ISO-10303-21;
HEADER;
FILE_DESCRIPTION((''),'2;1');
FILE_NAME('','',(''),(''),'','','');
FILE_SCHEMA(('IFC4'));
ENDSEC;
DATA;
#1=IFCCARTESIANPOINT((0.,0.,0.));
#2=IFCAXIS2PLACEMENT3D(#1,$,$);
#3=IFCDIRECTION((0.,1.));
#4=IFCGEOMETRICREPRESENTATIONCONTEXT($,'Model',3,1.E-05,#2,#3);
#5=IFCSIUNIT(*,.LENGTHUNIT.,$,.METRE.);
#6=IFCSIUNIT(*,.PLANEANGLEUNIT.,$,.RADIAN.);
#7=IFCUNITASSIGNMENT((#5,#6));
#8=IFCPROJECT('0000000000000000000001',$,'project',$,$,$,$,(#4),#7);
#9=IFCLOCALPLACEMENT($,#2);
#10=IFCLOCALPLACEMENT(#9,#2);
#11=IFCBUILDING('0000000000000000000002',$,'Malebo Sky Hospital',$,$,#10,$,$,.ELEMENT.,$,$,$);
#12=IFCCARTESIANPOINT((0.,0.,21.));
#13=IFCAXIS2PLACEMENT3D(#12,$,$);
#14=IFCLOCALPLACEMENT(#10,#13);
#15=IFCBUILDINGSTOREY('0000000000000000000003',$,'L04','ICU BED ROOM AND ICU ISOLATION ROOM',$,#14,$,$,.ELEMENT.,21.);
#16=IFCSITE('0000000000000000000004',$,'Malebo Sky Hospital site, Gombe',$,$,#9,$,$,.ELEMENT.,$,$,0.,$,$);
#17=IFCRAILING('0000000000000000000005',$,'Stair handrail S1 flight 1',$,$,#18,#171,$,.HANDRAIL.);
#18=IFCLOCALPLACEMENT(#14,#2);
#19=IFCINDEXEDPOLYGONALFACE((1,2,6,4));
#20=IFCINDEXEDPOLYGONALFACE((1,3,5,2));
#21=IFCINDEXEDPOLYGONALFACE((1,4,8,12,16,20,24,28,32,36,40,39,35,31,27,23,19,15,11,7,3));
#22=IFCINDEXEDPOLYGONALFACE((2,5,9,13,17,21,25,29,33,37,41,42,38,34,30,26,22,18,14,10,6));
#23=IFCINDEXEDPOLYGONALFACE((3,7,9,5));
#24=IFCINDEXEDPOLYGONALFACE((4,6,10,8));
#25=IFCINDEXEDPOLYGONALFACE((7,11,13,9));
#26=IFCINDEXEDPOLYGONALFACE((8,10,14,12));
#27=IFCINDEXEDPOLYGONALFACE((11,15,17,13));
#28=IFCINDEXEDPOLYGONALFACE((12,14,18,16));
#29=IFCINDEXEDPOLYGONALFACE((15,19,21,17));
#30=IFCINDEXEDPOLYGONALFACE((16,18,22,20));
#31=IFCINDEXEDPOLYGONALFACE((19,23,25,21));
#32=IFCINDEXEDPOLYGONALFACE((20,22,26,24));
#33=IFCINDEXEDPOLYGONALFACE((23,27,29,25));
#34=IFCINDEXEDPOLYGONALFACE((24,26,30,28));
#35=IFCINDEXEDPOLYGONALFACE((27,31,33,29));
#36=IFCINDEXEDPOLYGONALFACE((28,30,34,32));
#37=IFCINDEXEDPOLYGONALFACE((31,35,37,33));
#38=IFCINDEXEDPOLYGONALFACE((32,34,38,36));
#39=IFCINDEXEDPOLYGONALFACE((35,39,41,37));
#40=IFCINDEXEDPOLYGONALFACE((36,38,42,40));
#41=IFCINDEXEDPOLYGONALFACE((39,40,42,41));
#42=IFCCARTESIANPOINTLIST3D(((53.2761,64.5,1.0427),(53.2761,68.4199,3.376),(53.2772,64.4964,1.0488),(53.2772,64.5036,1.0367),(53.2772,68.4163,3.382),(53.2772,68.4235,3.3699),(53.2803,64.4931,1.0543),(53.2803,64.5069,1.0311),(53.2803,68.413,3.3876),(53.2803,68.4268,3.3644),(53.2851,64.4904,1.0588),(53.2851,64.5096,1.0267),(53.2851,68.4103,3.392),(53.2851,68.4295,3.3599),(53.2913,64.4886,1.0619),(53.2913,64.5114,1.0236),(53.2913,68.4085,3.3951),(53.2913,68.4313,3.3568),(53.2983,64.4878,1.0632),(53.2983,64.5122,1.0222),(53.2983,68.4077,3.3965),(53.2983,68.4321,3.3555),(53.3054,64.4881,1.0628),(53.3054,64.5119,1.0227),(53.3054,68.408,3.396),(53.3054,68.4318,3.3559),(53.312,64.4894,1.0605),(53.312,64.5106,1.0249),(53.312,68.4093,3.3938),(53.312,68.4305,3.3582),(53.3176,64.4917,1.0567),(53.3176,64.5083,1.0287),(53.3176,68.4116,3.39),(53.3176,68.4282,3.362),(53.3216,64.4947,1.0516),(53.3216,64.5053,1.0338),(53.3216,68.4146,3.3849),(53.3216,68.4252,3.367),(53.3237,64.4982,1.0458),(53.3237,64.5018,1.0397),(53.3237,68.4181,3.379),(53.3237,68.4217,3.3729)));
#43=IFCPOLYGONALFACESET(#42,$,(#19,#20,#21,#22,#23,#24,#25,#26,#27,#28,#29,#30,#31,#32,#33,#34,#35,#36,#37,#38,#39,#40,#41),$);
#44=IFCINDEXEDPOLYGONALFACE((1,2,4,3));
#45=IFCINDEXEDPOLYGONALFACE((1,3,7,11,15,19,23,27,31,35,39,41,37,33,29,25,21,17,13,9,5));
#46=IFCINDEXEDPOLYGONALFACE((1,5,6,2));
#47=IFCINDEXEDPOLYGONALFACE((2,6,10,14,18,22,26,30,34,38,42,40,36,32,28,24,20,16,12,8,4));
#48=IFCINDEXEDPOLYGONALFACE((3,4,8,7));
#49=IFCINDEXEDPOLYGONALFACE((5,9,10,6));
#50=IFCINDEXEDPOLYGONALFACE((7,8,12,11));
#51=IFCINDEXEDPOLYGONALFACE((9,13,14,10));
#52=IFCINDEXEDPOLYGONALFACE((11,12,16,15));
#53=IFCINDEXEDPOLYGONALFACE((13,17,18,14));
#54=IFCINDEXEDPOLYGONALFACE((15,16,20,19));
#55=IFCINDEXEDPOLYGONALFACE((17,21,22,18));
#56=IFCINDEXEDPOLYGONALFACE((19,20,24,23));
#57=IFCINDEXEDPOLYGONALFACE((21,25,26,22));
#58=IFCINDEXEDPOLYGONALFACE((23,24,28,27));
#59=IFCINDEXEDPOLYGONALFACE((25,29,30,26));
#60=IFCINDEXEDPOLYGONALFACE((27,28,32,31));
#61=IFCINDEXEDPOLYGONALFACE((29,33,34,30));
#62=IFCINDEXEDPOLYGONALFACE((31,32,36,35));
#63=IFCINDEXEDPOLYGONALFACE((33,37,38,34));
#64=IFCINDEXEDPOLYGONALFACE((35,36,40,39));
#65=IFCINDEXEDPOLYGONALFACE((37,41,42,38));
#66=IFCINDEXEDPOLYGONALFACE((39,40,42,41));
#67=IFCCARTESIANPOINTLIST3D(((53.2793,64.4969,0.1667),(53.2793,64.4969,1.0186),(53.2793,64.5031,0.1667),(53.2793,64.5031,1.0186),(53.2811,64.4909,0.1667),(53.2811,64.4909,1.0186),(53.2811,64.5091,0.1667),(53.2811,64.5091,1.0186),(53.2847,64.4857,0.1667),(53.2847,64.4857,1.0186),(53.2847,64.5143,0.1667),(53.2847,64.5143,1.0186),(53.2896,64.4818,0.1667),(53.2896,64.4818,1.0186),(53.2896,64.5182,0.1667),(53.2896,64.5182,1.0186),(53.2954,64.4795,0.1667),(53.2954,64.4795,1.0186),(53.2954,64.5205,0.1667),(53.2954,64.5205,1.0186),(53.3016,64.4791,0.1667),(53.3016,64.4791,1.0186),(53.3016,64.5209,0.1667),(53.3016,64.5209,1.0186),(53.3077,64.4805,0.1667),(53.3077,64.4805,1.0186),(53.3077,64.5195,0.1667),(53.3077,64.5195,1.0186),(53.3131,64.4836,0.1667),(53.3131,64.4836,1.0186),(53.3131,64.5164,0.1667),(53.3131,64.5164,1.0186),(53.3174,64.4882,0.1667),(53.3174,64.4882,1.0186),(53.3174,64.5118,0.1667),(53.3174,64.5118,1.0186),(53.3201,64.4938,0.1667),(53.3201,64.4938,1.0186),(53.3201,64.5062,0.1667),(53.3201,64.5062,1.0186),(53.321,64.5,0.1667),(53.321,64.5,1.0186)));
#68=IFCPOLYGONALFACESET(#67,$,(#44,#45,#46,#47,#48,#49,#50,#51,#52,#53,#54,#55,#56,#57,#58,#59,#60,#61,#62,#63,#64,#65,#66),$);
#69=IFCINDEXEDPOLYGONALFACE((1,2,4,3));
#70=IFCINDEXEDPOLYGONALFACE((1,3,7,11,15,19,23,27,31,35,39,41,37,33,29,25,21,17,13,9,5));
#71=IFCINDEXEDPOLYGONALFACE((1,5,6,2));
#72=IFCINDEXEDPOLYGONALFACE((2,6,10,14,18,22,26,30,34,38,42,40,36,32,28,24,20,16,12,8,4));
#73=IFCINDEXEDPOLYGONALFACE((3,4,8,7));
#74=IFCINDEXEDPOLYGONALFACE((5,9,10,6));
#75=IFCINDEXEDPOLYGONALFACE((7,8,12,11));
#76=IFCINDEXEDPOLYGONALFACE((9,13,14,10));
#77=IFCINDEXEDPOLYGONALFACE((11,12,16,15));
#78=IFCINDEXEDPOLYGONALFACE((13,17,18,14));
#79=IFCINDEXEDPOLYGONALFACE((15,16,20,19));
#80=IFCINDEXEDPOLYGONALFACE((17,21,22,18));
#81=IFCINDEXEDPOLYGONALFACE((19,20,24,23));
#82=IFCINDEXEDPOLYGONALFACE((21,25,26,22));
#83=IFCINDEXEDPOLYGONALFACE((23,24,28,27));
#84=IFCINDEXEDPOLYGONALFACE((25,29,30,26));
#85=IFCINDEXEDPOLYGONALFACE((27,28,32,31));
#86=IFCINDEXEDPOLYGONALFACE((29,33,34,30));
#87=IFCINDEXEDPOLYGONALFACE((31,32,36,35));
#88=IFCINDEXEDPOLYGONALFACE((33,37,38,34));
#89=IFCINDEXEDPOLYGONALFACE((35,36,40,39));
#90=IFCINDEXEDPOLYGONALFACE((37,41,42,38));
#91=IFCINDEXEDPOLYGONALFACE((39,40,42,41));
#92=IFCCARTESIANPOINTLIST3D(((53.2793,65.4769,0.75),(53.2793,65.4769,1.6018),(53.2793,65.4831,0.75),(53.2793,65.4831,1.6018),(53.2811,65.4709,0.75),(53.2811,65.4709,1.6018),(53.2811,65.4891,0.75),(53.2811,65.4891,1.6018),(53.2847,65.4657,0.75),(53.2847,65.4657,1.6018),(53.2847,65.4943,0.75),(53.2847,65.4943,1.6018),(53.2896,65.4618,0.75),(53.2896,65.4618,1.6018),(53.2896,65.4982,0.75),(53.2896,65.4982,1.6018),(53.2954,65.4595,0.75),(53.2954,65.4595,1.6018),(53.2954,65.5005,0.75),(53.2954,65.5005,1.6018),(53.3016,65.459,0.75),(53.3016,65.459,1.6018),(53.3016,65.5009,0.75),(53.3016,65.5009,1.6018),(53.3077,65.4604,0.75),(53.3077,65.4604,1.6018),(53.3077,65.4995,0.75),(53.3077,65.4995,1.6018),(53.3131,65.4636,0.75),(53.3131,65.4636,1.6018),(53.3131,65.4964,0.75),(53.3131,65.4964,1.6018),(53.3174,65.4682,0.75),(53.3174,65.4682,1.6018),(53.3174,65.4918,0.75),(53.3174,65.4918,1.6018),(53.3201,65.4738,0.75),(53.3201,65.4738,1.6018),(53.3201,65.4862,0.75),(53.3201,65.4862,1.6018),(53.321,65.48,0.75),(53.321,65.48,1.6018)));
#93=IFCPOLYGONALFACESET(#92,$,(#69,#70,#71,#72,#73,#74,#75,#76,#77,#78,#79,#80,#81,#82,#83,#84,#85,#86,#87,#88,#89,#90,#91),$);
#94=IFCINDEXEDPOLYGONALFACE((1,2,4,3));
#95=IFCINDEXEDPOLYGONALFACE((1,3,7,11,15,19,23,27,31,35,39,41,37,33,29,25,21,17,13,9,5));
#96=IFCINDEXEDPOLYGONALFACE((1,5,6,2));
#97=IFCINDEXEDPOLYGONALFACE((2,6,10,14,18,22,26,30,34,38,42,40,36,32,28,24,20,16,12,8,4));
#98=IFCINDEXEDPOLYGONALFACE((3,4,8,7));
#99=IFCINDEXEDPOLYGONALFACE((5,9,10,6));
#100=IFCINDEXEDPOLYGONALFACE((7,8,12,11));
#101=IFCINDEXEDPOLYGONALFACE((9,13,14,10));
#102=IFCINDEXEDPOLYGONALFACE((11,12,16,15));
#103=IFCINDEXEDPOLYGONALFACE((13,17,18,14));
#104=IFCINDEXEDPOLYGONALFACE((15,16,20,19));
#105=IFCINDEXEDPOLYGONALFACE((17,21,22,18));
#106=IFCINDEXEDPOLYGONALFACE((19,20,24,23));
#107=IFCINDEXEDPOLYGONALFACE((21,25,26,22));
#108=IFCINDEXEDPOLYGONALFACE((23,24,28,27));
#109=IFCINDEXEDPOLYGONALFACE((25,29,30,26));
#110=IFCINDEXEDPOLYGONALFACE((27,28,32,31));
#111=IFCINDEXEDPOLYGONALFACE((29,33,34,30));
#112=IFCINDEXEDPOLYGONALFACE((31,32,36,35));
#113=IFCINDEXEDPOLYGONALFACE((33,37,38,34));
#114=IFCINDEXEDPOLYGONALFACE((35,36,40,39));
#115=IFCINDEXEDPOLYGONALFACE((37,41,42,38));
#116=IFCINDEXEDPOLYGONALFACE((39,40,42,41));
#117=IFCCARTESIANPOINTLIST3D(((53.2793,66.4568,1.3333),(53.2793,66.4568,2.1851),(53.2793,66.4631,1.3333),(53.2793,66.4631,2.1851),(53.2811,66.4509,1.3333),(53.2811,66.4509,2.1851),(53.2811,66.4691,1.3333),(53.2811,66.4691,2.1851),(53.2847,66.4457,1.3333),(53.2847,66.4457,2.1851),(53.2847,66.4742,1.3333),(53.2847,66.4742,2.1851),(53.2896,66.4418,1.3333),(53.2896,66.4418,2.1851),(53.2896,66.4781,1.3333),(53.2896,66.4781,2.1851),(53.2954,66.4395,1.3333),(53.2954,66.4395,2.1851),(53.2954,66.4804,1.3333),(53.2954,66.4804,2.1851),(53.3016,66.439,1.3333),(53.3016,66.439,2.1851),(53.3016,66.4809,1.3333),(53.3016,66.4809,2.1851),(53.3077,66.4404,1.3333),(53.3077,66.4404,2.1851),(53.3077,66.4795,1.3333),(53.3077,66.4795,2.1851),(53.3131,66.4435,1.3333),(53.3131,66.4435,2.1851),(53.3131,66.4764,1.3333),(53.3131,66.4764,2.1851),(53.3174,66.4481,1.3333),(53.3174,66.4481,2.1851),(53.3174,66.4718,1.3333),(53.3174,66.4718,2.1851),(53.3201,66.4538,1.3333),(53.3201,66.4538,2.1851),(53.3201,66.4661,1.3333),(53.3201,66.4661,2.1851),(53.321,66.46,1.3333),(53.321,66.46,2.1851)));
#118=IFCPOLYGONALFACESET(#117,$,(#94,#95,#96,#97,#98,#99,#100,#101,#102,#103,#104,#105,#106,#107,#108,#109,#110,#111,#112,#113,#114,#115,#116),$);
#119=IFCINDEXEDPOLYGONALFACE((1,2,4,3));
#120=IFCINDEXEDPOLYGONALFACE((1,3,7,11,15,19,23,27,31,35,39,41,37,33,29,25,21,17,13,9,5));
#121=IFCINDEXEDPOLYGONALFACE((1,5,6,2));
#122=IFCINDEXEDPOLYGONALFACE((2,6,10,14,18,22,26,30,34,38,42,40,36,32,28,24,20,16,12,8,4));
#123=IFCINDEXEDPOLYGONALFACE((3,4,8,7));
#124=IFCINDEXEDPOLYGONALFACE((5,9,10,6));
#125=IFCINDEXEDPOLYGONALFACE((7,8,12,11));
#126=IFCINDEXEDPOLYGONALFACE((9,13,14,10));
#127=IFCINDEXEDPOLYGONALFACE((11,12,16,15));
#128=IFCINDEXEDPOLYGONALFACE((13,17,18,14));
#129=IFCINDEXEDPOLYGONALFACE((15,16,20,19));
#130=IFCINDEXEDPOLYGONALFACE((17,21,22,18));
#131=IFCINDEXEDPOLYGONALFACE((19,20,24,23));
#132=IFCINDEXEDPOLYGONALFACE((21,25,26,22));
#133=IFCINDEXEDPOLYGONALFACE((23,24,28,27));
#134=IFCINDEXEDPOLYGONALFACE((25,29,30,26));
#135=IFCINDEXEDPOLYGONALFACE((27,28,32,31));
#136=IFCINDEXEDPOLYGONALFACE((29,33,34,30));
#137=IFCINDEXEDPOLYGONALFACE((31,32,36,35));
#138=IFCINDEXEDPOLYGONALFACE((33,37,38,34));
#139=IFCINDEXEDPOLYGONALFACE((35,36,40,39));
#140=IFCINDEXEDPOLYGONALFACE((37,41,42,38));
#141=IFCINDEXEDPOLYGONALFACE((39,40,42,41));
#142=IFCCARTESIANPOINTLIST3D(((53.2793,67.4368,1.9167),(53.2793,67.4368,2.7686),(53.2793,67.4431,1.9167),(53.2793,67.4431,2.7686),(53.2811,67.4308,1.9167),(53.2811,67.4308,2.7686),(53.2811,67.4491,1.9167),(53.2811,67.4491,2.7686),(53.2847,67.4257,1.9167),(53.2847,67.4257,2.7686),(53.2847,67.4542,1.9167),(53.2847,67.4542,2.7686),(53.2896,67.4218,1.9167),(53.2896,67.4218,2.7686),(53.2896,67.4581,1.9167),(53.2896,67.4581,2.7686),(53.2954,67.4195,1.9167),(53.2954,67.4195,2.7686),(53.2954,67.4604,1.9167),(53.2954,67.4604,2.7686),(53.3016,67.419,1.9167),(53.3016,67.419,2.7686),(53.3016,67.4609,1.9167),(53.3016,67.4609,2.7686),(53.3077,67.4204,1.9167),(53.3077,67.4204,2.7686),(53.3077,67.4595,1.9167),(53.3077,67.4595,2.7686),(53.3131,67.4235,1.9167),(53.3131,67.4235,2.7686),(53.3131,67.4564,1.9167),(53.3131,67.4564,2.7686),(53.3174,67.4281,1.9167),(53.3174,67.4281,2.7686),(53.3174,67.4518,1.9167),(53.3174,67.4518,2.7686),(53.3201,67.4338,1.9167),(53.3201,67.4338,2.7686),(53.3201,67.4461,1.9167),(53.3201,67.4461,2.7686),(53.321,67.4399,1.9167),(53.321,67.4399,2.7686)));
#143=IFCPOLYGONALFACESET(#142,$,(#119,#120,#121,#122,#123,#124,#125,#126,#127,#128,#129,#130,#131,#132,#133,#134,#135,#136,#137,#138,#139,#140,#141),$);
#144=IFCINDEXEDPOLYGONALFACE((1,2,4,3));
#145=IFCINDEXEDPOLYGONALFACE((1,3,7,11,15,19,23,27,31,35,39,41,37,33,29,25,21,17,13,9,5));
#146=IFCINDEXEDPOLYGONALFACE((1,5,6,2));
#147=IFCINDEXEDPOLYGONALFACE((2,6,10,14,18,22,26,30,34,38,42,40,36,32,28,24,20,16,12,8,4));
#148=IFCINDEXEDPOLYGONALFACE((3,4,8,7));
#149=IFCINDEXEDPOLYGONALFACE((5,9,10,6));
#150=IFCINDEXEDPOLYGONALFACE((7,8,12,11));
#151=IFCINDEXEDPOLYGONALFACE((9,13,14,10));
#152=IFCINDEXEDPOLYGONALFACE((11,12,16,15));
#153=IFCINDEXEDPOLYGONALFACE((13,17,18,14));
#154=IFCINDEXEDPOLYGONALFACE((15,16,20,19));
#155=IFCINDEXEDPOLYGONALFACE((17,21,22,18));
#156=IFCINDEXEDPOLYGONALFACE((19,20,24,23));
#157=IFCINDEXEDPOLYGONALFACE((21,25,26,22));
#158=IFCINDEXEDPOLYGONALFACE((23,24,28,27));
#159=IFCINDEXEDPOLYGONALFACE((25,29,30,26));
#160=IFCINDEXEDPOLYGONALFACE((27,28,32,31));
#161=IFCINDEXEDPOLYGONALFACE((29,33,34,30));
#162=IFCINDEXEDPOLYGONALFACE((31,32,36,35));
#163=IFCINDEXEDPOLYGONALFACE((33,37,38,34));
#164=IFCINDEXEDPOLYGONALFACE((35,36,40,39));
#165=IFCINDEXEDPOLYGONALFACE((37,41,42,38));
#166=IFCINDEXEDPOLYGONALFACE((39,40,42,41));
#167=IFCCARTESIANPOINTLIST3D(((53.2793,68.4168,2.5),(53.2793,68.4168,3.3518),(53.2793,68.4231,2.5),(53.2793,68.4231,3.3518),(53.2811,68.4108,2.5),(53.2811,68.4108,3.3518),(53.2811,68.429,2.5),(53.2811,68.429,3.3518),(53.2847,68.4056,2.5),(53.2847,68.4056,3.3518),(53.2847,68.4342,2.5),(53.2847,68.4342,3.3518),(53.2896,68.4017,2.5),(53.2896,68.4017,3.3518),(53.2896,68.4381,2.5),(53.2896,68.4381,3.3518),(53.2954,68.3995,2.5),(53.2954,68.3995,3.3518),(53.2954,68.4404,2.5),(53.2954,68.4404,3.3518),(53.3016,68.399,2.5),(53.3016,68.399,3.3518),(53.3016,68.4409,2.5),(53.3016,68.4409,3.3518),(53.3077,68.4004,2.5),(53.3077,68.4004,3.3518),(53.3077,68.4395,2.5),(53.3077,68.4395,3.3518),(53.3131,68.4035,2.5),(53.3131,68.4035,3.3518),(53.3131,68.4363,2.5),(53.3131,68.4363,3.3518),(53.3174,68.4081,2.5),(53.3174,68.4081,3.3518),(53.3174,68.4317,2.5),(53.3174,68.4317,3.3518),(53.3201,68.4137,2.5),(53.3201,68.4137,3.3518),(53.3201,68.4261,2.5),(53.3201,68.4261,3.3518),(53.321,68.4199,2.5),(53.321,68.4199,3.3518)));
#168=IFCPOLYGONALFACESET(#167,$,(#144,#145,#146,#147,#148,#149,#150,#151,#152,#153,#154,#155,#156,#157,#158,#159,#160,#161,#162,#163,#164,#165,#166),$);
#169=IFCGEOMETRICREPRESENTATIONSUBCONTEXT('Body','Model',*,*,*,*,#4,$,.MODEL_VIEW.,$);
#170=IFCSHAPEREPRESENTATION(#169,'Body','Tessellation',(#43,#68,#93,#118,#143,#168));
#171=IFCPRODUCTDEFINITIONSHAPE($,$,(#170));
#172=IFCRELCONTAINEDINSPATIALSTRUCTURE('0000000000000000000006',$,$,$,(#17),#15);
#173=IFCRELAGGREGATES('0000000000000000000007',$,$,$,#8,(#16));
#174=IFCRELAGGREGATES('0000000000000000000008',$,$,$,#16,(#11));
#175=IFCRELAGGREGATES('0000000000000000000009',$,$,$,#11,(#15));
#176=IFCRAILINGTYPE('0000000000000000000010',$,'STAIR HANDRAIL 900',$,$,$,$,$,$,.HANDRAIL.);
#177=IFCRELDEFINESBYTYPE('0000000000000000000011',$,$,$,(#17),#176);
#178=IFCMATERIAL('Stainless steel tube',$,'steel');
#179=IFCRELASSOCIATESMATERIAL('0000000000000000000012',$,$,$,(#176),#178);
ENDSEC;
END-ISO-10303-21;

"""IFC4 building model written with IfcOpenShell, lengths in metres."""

from ifc_helpers import new_model, si_unit, direction, frame, origin, origin_2d, place, context, subcontext, project, spatial, circle, extrude, material, type_object, element, save


model = new_model("IFC4")

# Units and contexts
model_context = context("Model", 3, precision=1e-05, world=origin(), true_north=direction((0.0, 1.0)))
body_context = subcontext(model_context, "Body", "Model", "MODEL_VIEW")
ifc_project = project(units=[si_unit("LENGTHUNIT", "METRE"), si_unit("PLANEANGLEUNIT", "RADIAN")], contexts=[model_context])

# Site, building, storey
site_placement = place(None, origin())
site = spatial("IfcSite", under=ifc_project, at=site_placement, Name="Malebo Sky Hospital site, Gombe", CompositionType="ELEMENT", RefElevation=0.0)
building_placement = place(site_placement, origin())
building = spatial("IfcBuilding", under=site, at=building_placement, Name="Malebo Sky Hospital", CompositionType="ELEMENT")
storey_placement = place(building_placement, frame((0.0, 0.0, 21.0)))
storey = spatial("IfcBuildingStorey", under=building, at=storey_placement, Name="L04", Description="ICU BED ROOM AND ICU ISOLATION ROOM", CompositionType="ELEMENT", Elevation=21.0)

# Railing
ifc_material_1 = material(Name="Stainless steel tube", Category="steel")
railing_type = type_object("IfcRailingType", Name="STAIR HANDRAIL 900", PredefinedType="HANDRAIL", material=ifc_material_1)
railing_1_placement = place(storey_placement, frame((53.3, 64.5, 0.1667)))
element("IfcRailing", 1, at=railing_1_placement, inside=storey, type_object=railing_type, Name="Stair handrail S1 flight 1", PredefinedType="HANDRAIL", context=body_context, shape_type="SweptSolid", body=[
    extrude(circle(Radius=0.0239, at=origin_2d()), frame((0.0, 0.0, 0.876), z_axis=(0.0, 0.859296, 0.511478), x_axis=(-1.0, 0.0, 0.0)), (0.0, 0.0, 1.0), 4.5618),
    extrude(circle(Radius=0.021, at=origin_2d()), origin(), (0.0, 0.0, 1.0), 0.8518),
    extrude(circle(Radius=0.021, at=origin_2d()), frame((0.0, 0.98, 0.5833)), (0.0, 0.0, 1.0), 0.8518),
    extrude(circle(Radius=0.021, at=origin_2d()), frame((0.0, 1.96, 1.1665)), (0.0, 0.0, 1.0), 0.8518),
    extrude(circle(Radius=0.021, at=origin_2d()), frame((0.0, 2.9399, 1.75)), (0.0, 0.0, 1.0), 0.8518),
    extrude(circle(Radius=0.021, at=origin_2d()), frame((0.0, 3.9199, 2.3333)), (0.0, 0.0, 1.0), 0.8518),
])

save(model, "model.ifc")
